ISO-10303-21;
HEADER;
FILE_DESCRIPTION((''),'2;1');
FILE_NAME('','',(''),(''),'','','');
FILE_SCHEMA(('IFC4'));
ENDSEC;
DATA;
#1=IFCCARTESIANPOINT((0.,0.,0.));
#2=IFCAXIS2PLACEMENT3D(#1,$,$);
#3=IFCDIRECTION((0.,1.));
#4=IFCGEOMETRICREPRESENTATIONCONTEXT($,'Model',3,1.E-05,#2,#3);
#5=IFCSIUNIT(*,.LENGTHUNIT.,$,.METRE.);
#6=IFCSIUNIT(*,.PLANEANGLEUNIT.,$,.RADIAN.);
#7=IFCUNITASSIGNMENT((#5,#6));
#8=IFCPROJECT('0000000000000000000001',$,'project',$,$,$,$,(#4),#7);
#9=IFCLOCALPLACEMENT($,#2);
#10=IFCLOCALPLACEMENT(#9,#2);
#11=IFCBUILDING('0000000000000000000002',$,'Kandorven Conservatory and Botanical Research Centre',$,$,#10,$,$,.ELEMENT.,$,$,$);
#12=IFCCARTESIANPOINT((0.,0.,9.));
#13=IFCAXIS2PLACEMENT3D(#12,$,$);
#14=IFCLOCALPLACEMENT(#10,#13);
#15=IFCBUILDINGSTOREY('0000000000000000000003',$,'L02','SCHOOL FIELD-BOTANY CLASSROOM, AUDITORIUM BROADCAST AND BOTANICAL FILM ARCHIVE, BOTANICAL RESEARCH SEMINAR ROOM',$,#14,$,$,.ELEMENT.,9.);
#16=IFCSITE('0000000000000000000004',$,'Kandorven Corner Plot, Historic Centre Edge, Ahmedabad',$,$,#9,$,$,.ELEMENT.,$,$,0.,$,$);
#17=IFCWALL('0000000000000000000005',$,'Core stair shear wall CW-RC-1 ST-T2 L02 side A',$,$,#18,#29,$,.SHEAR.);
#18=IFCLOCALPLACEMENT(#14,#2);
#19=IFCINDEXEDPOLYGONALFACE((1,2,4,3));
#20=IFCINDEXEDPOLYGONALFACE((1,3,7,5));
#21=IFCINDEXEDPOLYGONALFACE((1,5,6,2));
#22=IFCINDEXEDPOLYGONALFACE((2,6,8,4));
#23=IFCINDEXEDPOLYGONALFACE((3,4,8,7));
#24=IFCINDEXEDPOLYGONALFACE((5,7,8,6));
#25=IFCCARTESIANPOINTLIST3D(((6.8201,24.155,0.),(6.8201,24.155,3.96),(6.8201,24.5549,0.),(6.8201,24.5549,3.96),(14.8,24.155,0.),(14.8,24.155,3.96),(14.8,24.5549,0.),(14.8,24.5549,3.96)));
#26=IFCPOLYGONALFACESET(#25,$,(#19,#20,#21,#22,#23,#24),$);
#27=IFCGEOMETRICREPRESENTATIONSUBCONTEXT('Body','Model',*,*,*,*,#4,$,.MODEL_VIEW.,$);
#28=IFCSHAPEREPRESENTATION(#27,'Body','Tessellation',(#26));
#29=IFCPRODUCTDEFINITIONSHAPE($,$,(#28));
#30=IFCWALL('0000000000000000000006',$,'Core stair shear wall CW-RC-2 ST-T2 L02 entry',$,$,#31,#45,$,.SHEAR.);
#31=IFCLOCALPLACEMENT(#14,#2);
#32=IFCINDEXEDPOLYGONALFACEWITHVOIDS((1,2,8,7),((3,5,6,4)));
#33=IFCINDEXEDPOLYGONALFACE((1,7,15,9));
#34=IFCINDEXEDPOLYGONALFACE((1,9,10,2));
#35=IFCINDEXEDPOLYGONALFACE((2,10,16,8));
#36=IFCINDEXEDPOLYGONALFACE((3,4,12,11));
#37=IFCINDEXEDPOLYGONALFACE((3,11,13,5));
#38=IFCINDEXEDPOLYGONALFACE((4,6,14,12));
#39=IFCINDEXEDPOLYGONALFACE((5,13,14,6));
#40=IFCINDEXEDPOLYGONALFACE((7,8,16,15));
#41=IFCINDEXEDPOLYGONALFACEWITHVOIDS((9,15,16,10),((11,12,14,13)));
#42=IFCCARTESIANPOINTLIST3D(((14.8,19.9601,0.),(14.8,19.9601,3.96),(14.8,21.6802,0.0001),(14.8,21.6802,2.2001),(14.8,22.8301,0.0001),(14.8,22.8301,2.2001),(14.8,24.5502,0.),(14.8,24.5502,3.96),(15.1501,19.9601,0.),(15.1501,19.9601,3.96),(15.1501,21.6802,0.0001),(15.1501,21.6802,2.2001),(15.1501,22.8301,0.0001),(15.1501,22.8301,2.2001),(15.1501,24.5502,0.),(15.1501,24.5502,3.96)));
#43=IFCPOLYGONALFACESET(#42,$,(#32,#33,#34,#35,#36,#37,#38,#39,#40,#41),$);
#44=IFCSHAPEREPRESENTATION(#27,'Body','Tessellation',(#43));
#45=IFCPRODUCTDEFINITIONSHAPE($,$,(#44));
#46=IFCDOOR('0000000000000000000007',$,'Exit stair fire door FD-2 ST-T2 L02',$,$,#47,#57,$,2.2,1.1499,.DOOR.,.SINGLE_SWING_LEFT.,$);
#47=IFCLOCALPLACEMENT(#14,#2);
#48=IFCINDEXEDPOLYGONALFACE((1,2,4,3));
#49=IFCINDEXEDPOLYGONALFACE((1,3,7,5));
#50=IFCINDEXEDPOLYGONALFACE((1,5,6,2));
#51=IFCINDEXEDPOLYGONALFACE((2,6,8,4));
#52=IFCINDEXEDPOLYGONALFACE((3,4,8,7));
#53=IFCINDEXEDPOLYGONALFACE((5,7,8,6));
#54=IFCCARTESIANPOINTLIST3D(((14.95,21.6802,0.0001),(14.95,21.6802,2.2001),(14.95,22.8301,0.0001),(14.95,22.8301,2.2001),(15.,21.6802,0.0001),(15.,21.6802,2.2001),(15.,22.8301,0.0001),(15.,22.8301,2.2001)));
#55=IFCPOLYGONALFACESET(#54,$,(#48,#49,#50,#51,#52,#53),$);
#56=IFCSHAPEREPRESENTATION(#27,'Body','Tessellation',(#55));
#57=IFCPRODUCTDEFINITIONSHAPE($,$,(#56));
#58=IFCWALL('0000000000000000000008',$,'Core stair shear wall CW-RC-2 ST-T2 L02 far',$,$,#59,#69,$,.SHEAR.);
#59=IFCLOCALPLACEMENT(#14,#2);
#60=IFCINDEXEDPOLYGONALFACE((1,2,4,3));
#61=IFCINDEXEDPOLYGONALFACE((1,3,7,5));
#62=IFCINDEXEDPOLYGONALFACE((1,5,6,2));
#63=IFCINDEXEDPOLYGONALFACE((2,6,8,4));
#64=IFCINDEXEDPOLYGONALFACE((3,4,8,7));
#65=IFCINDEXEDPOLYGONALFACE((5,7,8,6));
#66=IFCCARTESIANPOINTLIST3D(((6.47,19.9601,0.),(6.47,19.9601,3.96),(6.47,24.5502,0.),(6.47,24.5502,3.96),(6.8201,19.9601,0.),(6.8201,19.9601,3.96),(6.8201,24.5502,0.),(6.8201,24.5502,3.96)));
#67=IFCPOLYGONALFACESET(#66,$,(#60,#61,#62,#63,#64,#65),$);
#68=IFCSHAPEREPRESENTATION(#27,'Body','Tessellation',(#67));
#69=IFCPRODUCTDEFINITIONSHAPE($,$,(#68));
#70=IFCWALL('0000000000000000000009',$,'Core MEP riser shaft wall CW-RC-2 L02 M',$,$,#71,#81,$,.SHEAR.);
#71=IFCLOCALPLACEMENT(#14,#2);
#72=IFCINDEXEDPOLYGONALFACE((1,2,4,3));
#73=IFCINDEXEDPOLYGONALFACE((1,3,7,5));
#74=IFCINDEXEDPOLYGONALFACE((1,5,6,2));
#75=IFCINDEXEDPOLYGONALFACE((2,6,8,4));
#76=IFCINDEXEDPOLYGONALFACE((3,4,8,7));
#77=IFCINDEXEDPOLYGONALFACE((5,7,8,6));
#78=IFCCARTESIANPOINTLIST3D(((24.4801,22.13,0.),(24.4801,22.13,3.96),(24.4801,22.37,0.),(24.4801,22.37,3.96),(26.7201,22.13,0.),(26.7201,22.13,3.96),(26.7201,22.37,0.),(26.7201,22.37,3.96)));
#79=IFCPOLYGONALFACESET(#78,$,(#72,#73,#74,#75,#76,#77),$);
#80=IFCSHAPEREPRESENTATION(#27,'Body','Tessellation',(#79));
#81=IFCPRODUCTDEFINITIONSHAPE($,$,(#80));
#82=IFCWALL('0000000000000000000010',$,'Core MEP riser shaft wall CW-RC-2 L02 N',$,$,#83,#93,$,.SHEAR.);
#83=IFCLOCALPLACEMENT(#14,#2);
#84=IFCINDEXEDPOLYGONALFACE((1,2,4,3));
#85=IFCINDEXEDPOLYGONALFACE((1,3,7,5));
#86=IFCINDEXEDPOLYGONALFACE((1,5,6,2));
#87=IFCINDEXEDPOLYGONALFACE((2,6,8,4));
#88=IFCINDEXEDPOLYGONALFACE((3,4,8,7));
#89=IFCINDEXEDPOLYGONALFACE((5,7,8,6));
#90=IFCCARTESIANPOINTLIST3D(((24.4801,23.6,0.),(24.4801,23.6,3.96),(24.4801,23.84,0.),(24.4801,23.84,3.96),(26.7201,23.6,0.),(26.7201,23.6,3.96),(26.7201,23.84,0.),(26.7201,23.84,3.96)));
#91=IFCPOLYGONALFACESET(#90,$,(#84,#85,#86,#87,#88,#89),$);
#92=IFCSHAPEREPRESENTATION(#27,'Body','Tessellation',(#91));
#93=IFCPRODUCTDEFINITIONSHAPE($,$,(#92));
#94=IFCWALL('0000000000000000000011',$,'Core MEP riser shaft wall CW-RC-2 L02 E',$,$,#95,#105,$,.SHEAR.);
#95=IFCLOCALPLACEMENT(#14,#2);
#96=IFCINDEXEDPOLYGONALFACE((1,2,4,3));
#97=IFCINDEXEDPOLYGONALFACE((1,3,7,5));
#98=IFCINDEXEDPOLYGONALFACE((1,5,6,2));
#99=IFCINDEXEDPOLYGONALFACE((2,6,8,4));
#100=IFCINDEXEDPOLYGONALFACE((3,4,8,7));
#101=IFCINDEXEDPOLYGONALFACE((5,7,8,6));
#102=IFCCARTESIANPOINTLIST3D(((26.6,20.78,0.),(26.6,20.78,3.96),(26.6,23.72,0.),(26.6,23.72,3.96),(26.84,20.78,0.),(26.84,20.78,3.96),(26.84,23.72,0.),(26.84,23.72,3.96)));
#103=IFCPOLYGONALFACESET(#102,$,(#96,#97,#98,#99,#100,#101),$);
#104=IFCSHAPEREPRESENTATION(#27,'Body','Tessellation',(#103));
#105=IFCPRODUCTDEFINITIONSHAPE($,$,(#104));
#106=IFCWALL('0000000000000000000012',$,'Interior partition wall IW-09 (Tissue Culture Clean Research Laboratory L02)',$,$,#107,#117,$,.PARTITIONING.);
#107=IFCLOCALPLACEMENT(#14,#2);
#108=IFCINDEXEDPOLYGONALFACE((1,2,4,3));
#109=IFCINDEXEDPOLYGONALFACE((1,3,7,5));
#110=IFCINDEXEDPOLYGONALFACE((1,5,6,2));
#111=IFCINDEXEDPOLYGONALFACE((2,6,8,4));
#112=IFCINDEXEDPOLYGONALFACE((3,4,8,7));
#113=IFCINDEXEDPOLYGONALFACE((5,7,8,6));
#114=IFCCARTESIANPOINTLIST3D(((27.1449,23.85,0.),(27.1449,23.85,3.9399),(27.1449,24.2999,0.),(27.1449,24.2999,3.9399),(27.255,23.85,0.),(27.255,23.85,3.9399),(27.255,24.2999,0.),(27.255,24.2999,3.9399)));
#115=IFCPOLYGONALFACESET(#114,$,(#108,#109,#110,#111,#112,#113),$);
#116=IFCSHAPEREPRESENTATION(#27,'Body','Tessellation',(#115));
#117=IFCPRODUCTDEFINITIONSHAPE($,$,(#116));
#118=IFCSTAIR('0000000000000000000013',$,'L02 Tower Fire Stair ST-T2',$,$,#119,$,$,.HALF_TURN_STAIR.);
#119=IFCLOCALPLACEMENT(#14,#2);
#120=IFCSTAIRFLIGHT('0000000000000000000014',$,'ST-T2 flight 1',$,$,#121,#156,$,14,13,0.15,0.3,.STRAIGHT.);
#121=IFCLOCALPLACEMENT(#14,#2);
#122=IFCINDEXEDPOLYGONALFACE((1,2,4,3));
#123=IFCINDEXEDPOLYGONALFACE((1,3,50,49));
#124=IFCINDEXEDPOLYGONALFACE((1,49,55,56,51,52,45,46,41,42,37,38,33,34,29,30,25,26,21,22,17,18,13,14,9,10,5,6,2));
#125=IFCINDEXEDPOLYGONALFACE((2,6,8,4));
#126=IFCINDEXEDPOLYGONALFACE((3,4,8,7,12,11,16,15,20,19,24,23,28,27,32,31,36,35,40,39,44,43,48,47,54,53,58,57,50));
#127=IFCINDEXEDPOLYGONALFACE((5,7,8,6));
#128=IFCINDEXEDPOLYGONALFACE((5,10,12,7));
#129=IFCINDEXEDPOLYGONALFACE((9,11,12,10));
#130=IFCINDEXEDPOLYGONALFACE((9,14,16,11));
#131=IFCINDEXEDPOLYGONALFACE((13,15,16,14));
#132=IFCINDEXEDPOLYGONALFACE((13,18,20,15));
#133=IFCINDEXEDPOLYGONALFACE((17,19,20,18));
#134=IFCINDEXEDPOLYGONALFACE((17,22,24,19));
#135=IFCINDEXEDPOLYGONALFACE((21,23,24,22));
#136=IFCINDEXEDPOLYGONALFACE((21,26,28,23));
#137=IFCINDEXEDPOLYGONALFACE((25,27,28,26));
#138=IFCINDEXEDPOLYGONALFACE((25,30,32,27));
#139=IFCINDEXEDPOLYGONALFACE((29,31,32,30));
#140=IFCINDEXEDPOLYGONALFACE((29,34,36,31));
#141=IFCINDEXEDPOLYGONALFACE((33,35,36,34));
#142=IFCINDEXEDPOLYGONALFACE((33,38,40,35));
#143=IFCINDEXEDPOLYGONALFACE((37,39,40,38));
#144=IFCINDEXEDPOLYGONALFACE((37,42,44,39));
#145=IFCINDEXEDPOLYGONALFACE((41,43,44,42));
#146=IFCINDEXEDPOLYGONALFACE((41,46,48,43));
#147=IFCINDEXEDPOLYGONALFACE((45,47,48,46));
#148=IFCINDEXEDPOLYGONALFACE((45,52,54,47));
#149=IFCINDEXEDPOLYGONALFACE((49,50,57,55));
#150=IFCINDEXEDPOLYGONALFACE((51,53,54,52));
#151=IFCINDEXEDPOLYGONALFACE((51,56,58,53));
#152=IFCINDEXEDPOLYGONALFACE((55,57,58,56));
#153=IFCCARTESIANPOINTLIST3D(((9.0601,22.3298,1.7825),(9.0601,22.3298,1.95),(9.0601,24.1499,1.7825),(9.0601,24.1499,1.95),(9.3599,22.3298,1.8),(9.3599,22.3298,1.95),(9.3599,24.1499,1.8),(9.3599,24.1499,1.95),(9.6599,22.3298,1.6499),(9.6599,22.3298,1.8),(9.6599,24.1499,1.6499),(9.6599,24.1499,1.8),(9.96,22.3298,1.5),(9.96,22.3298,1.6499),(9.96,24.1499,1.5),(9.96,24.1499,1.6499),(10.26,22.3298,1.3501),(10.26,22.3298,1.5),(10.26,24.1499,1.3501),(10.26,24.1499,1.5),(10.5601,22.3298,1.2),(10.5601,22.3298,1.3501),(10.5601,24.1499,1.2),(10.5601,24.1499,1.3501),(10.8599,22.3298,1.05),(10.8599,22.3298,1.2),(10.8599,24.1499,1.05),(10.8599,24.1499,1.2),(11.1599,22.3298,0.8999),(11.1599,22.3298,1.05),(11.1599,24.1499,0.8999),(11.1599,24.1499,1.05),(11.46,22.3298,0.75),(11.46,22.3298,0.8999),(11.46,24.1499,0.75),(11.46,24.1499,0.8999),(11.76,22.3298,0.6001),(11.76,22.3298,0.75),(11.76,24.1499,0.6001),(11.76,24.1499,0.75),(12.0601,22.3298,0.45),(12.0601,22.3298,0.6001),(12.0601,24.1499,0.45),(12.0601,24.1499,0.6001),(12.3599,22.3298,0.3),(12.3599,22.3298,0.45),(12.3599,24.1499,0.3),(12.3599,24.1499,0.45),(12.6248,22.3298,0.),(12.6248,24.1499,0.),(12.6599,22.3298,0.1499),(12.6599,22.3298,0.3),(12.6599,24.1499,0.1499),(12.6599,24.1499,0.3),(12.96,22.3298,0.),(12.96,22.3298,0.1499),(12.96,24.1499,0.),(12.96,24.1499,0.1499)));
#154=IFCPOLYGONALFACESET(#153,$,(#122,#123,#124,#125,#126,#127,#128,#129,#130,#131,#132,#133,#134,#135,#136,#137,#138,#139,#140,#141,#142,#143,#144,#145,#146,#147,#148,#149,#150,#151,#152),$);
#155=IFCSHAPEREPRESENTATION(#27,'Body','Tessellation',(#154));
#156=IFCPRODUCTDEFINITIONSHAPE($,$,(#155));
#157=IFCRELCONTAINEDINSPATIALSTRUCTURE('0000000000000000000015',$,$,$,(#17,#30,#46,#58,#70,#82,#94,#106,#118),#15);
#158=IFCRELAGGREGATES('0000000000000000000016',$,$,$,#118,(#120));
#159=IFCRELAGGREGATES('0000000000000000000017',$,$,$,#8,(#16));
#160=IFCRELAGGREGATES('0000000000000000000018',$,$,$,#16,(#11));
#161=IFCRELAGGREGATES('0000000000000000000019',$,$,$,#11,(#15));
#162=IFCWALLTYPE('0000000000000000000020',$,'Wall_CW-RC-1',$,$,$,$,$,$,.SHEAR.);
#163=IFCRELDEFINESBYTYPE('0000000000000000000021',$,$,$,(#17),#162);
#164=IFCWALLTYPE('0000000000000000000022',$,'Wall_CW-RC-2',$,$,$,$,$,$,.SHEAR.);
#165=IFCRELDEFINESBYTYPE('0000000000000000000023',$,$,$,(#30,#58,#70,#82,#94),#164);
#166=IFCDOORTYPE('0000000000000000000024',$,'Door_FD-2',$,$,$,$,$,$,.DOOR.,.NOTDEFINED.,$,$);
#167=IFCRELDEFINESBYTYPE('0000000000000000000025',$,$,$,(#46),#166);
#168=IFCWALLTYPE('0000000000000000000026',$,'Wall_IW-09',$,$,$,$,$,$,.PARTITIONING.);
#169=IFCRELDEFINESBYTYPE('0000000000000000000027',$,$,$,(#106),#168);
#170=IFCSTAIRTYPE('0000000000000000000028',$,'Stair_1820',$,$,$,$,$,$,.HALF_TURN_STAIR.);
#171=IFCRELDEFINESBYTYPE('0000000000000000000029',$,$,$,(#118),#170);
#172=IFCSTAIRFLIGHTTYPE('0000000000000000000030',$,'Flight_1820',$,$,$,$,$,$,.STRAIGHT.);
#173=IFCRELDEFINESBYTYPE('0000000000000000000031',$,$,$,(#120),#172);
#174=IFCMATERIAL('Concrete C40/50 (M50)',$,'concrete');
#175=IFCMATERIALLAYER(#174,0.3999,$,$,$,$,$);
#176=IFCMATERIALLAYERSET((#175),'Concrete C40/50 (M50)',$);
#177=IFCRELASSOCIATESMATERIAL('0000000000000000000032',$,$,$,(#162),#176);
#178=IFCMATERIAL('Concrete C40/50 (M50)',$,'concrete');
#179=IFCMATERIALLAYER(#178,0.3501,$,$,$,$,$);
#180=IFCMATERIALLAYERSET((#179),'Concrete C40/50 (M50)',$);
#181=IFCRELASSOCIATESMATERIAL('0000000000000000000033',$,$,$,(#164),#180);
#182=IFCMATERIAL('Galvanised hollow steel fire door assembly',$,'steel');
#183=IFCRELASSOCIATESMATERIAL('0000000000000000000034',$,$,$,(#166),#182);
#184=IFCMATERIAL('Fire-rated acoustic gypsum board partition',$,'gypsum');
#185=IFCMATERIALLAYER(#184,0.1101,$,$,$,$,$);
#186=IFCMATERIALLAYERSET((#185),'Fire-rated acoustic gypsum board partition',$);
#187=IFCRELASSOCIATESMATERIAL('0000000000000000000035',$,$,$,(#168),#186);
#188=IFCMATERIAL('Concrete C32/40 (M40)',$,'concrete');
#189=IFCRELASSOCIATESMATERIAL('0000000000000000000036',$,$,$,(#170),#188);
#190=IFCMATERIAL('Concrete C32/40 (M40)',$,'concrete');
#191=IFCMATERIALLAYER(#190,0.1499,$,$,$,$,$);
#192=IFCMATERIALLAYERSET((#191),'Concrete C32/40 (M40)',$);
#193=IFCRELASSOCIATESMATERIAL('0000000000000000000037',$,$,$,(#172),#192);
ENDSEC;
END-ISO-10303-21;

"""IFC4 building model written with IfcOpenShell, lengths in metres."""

from ifc_helpers import new_model, si_unit, direction, frame, frame_2d, origin, place, context, subcontext, project, spatial, polyline, rectangle, outline, extrude, material, layer, layer_set, type_object, element, fill, aggregate, save


model = new_model("IFC4")

# Units and contexts
model_context = context("Model", 3, precision=1e-05, world=origin(), true_north=direction((0.0, 1.0)))
body_context = subcontext(model_context, "Body", "Model", "MODEL_VIEW")
ifc_project = project(units=[si_unit("LENGTHUNIT", "METRE"), si_unit("PLANEANGLEUNIT", "RADIAN")], contexts=[model_context])

# Site, building, storey
site_placement = place(None, origin())
site = spatial("IfcSite", under=ifc_project, at=site_placement, Name="Kandorven Corner Plot, Historic Centre Edge, Ahmedabad", CompositionType="ELEMENT", RefElevation=0.0)
building_placement = place(site_placement, origin())
building = spatial("IfcBuilding", under=site, at=building_placement, Name="Kandorven Conservatory and Botanical Research Centre", CompositionType="ELEMENT")
storey_placement = place(building_placement, frame((0.0, 0.0, 9.0)))
storey = spatial("IfcBuildingStorey", under=building, at=storey_placement, Name="L02", Description="SCHOOL FIELD-BOTANY CLASSROOM, AUDITORIUM BROADCAST AND BOTANICAL FILM ARCHIVE, BOTANICAL RESEARCH SEMINAR ROOM", CompositionType="ELEMENT", Elevation=9.0)

# Wall
ifc_material_1 = material(Name="Concrete C40/50 (M50)", Category="concrete")
ifc_layer_1 = layer(ifc_material_1, 0.3999)
ifc_layer_set_1 = layer_set([ifc_layer_1], Name="Concrete C40/50 (M50)")
wall_type_1 = type_object("IfcWallType", Name="Wall_CW-RC-1", PredefinedType="SHEAR", material=ifc_layer_set_1)
wall_1_placement = place(storey_placement, frame((14.8, 24.355, 0.0), z_axis=(0.0, 0.0, 1.0), x_axis=(-1.0, 0.0, 0.0)))
element("IfcWall", 1, at=wall_1_placement, inside=storey, type_object=wall_type_1, Name="Core stair shear wall CW-RC-1 ST-T2 L02 side A", PredefinedType="SHEAR", context=body_context, shape_type="SweptSolid", body=[
    extrude(rectangle(XDim=7.98, YDim=0.3999, at=frame_2d((3.99, 0.0))), origin(), (0.0, 0.0, 1.0), 3.96),
])

# Wall, opening, door
ifc_material_2 = material(Name="Concrete C40/50 (M50)", Category="concrete")
ifc_layer_2 = layer(ifc_material_2, 0.3501)
ifc_layer_set_2 = layer_set([ifc_layer_2], Name="Concrete C40/50 (M50)")
wall_type_2 = type_object("IfcWallType", Name="Wall_CW-RC-2", PredefinedType="SHEAR", material=ifc_layer_set_2)
wall_2_placement = place(storey_placement, frame((14.9751, 24.55, 0.0), z_axis=(0.0, 0.0, 1.0), x_axis=(0.0, -1.0, 0.0)))
wall_2 = element("IfcWall", 2, at=wall_2_placement, inside=storey, type_object=wall_type_2, Name="Core stair shear wall CW-RC-2 ST-T2 L02 entry", PredefinedType="SHEAR", context=body_context, shape_type="SweptSolid", body=[
    extrude(rectangle(XDim=4.5901, YDim=0.3501, at=frame_2d((2.2949, 0.0))), origin(), (0.0, 0.0, 1.0), 3.96),
])
opening_1_placement = place(wall_2_placement, frame((1.72, 0.0, 0.0)))
opening_1 = element("IfcOpeningElement", 3, at=opening_1_placement, cuts=wall_2, PredefinedType="OPENING", context=body_context, shape_type="SweptSolid", body=[
    extrude(rectangle(XDim=1.1499, YDim=2.2, at=frame_2d((0.575, 1.1001))), frame((0.0, 0.1851, 0.0), z_axis=(0.0, -1.0, 0.0), x_axis=(1.0, 0.0, 0.0)), (0.0, 0.0, 1.0), 0.3701),
])
ifc_material_3 = material(Name="Galvanised hollow steel fire door assembly", Category="steel")
door_type_1 = type_object("IfcDoorType", Name="Door_FD-2", OperationType="NOTDEFINED", PredefinedType="DOOR", material=ifc_material_3)
door_1_placement = place(opening_1_placement, origin())
door_1 = element("IfcDoor", 4, at=door_1_placement, inside=storey, type_object=door_type_1, Name="Exit stair fire door FD-2 ST-T2 L02", OperationType="SINGLE_SWING_LEFT", OverallHeight=2.2, OverallWidth=1.1499, PredefinedType="DOOR", context=body_context, shape_type="SweptSolid", body=[
    extrude(rectangle(XDim=1.1499, YDim=2.2, at=frame_2d((0.575, 1.1001))), frame((0.0, 0.0249, 0.0), z_axis=(0.0, -1.0, 0.0), x_axis=(1.0, 0.0, 0.0)), (0.0, 0.0, 1.0), 0.05),
])
fill(opening_1, door_1)

# Walls
wall_3_placement = place(storey_placement, frame((6.645, 24.55, 0.0), z_axis=(0.0, 0.0, 1.0), x_axis=(0.0, -1.0, 0.0)))
element("IfcWall", 5, at=wall_3_placement, inside=storey, type_object=wall_type_2, Name="Core stair shear wall CW-RC-2 ST-T2 L02 far", PredefinedType="SHEAR", context=body_context, shape_type="SweptSolid", body=[
    extrude(rectangle(XDim=4.5901, YDim=0.3501, at=frame_2d((2.2949, 0.0))), origin(), (0.0, 0.0, 1.0), 3.96),
])
for number, where, z_axis, x_axis, name in (
    (6, (24.48, 22.25, 0.0), (0.0, 0.0, 1.0), (1.0, 0.0, 0.0), "Core MEP riser shaft wall CW-RC-2 L02 M"),
    (7, (24.48, 23.72, 0.0), (0.0, 0.0, 1.0), (1.0, 0.0, 0.0), "Core MEP riser shaft wall CW-RC-2 L02 N"),
):
    element("IfcWall", number, at=place(storey_placement, frame(where, z_axis=z_axis, x_axis=x_axis)), inside=storey, type_object=wall_type_2, Name=name, PredefinedType="SHEAR", context=body_context, shape_type="SweptSolid", body=[
        extrude(rectangle(XDim=2.24, YDim=0.24, at=frame_2d((1.1201, 0.0))), origin(), (0.0, 0.0, 1.0), 3.96),
    ])
wall_4_placement = place(storey_placement, frame((26.72, 20.78, 0.0), z_axis=(0.0, 0.0, 1.0), x_axis=(0.0, 1.0, 0.0)))
element("IfcWall", 8, at=wall_4_placement, inside=storey, type_object=wall_type_2, Name="Core MEP riser shaft wall CW-RC-2 L02 E", PredefinedType="SHEAR", context=body_context, shape_type="SweptSolid", body=[
    extrude(rectangle(XDim=2.9399, YDim=0.24, at=frame_2d((1.47, 0.0))), origin(), (0.0, 0.0, 1.0), 3.96),
])

# Wall
ifc_material_4 = material(Name="Fire-rated acoustic gypsum board partition", Category="gypsum")
ifc_layer_3 = layer(ifc_material_4, 0.1101)
ifc_layer_set_3 = layer_set([ifc_layer_3], Name="Fire-rated acoustic gypsum board partition")
wall_type_3 = type_object("IfcWallType", Name="Wall_IW-09", PredefinedType="PARTITIONING", material=ifc_layer_set_3)
wall_5_placement = place(storey_placement, frame((27.2, 24.3, 0.0), z_axis=(0.0, 0.0, 1.0), x_axis=(0.0, -1.0, 0.0)))
element("IfcWall", 9, at=wall_5_placement, inside=storey, type_object=wall_type_3, Name="Interior partition wall IW-09 (Tissue Culture Clean Research Laboratory L02)", PredefinedType="PARTITIONING", context=body_context, shape_type="SweptSolid", body=[
    extrude(rectangle(XDim=0.45, YDim=0.1101, at=frame_2d((0.2251, 0.0))), origin(), (0.0, 0.0, 1.0), 3.9399),
])

# Stair, stair flight
ifc_material_5 = material(Name="Concrete C32/40 (M40)", Category="concrete")
stair_type = type_object("IfcStairType", Name="Stair_1820", PredefinedType="HALF_TURN_STAIR", material=ifc_material_5)
stair_placement = place(storey_placement, origin())
stair = element("IfcStair", 10, at=stair_placement, inside=storey, type_object=stair_type, Name="L02 Tower Fire Stair ST-T2", PredefinedType="HALF_TURN_STAIR")
ifc_material_6 = material(Name="Concrete C32/40 (M40)", Category="concrete")
ifc_layer_4 = layer(ifc_material_6, 0.1499)
ifc_layer_set_4 = layer_set([ifc_layer_4], Name="Concrete C32/40 (M40)")
stair_flight_type = type_object("IfcStairFlightType", Name="Flight_1820", PredefinedType="STRAIGHT", material=ifc_layer_set_4)
stair_flight_1_placement = place(storey_placement, frame((12.96, 23.24, 0.0), z_axis=(0.0, 0.0, 1.0), x_axis=(-1.0, 0.0, 0.0)))
stair_flight_1 = element("IfcStairFlight", 11, at=stair_flight_1_placement, type_object=stair_flight_type, Name="ST-T2 flight 1", NumberOfRisers=14, NumberOfTreads=13, PredefinedType="STRAIGHT", RiserHeight=0.15, TreadLength=0.3, context=body_context, shape_type="SweptSolid", body=[
    extrude(outline(polyline([(0.0, 0.0), (0.0, 0.1499), (0.3, 0.1499), (0.3, 0.3), (0.6001, 0.3), (0.6001, 0.45), (0.8999, 0.45), (0.8999, 0.6001), (1.2, 0.6001), (1.2, 0.75), (1.5, 0.75), (1.5, 0.8999), (1.8, 0.8999), (1.8, 1.05), (2.1001, 1.05), (2.1001, 1.2), (2.3999, 1.2), (2.3999, 1.3501), (2.7, 1.3501), (2.7, 1.5), (3.0, 1.5), (3.0, 1.6499), (3.3, 1.6499), (3.3, 1.8), (3.6001, 1.8), (3.6001, 1.95), (3.8999, 1.95), (3.8999, 2.1001), (3.8999, 1.7825), (0.3352, 0.0), (0.0, 0.0)])), frame((0.0, 0.9102, 0.0), z_axis=(0.0, -1.0, 0.0), x_axis=(1.0, 0.0, 0.0)), (0.0, 0.0, 1.0), 1.8201),
])
aggregate(stair, [stair_flight_1])

save(model, "model.ifc")
